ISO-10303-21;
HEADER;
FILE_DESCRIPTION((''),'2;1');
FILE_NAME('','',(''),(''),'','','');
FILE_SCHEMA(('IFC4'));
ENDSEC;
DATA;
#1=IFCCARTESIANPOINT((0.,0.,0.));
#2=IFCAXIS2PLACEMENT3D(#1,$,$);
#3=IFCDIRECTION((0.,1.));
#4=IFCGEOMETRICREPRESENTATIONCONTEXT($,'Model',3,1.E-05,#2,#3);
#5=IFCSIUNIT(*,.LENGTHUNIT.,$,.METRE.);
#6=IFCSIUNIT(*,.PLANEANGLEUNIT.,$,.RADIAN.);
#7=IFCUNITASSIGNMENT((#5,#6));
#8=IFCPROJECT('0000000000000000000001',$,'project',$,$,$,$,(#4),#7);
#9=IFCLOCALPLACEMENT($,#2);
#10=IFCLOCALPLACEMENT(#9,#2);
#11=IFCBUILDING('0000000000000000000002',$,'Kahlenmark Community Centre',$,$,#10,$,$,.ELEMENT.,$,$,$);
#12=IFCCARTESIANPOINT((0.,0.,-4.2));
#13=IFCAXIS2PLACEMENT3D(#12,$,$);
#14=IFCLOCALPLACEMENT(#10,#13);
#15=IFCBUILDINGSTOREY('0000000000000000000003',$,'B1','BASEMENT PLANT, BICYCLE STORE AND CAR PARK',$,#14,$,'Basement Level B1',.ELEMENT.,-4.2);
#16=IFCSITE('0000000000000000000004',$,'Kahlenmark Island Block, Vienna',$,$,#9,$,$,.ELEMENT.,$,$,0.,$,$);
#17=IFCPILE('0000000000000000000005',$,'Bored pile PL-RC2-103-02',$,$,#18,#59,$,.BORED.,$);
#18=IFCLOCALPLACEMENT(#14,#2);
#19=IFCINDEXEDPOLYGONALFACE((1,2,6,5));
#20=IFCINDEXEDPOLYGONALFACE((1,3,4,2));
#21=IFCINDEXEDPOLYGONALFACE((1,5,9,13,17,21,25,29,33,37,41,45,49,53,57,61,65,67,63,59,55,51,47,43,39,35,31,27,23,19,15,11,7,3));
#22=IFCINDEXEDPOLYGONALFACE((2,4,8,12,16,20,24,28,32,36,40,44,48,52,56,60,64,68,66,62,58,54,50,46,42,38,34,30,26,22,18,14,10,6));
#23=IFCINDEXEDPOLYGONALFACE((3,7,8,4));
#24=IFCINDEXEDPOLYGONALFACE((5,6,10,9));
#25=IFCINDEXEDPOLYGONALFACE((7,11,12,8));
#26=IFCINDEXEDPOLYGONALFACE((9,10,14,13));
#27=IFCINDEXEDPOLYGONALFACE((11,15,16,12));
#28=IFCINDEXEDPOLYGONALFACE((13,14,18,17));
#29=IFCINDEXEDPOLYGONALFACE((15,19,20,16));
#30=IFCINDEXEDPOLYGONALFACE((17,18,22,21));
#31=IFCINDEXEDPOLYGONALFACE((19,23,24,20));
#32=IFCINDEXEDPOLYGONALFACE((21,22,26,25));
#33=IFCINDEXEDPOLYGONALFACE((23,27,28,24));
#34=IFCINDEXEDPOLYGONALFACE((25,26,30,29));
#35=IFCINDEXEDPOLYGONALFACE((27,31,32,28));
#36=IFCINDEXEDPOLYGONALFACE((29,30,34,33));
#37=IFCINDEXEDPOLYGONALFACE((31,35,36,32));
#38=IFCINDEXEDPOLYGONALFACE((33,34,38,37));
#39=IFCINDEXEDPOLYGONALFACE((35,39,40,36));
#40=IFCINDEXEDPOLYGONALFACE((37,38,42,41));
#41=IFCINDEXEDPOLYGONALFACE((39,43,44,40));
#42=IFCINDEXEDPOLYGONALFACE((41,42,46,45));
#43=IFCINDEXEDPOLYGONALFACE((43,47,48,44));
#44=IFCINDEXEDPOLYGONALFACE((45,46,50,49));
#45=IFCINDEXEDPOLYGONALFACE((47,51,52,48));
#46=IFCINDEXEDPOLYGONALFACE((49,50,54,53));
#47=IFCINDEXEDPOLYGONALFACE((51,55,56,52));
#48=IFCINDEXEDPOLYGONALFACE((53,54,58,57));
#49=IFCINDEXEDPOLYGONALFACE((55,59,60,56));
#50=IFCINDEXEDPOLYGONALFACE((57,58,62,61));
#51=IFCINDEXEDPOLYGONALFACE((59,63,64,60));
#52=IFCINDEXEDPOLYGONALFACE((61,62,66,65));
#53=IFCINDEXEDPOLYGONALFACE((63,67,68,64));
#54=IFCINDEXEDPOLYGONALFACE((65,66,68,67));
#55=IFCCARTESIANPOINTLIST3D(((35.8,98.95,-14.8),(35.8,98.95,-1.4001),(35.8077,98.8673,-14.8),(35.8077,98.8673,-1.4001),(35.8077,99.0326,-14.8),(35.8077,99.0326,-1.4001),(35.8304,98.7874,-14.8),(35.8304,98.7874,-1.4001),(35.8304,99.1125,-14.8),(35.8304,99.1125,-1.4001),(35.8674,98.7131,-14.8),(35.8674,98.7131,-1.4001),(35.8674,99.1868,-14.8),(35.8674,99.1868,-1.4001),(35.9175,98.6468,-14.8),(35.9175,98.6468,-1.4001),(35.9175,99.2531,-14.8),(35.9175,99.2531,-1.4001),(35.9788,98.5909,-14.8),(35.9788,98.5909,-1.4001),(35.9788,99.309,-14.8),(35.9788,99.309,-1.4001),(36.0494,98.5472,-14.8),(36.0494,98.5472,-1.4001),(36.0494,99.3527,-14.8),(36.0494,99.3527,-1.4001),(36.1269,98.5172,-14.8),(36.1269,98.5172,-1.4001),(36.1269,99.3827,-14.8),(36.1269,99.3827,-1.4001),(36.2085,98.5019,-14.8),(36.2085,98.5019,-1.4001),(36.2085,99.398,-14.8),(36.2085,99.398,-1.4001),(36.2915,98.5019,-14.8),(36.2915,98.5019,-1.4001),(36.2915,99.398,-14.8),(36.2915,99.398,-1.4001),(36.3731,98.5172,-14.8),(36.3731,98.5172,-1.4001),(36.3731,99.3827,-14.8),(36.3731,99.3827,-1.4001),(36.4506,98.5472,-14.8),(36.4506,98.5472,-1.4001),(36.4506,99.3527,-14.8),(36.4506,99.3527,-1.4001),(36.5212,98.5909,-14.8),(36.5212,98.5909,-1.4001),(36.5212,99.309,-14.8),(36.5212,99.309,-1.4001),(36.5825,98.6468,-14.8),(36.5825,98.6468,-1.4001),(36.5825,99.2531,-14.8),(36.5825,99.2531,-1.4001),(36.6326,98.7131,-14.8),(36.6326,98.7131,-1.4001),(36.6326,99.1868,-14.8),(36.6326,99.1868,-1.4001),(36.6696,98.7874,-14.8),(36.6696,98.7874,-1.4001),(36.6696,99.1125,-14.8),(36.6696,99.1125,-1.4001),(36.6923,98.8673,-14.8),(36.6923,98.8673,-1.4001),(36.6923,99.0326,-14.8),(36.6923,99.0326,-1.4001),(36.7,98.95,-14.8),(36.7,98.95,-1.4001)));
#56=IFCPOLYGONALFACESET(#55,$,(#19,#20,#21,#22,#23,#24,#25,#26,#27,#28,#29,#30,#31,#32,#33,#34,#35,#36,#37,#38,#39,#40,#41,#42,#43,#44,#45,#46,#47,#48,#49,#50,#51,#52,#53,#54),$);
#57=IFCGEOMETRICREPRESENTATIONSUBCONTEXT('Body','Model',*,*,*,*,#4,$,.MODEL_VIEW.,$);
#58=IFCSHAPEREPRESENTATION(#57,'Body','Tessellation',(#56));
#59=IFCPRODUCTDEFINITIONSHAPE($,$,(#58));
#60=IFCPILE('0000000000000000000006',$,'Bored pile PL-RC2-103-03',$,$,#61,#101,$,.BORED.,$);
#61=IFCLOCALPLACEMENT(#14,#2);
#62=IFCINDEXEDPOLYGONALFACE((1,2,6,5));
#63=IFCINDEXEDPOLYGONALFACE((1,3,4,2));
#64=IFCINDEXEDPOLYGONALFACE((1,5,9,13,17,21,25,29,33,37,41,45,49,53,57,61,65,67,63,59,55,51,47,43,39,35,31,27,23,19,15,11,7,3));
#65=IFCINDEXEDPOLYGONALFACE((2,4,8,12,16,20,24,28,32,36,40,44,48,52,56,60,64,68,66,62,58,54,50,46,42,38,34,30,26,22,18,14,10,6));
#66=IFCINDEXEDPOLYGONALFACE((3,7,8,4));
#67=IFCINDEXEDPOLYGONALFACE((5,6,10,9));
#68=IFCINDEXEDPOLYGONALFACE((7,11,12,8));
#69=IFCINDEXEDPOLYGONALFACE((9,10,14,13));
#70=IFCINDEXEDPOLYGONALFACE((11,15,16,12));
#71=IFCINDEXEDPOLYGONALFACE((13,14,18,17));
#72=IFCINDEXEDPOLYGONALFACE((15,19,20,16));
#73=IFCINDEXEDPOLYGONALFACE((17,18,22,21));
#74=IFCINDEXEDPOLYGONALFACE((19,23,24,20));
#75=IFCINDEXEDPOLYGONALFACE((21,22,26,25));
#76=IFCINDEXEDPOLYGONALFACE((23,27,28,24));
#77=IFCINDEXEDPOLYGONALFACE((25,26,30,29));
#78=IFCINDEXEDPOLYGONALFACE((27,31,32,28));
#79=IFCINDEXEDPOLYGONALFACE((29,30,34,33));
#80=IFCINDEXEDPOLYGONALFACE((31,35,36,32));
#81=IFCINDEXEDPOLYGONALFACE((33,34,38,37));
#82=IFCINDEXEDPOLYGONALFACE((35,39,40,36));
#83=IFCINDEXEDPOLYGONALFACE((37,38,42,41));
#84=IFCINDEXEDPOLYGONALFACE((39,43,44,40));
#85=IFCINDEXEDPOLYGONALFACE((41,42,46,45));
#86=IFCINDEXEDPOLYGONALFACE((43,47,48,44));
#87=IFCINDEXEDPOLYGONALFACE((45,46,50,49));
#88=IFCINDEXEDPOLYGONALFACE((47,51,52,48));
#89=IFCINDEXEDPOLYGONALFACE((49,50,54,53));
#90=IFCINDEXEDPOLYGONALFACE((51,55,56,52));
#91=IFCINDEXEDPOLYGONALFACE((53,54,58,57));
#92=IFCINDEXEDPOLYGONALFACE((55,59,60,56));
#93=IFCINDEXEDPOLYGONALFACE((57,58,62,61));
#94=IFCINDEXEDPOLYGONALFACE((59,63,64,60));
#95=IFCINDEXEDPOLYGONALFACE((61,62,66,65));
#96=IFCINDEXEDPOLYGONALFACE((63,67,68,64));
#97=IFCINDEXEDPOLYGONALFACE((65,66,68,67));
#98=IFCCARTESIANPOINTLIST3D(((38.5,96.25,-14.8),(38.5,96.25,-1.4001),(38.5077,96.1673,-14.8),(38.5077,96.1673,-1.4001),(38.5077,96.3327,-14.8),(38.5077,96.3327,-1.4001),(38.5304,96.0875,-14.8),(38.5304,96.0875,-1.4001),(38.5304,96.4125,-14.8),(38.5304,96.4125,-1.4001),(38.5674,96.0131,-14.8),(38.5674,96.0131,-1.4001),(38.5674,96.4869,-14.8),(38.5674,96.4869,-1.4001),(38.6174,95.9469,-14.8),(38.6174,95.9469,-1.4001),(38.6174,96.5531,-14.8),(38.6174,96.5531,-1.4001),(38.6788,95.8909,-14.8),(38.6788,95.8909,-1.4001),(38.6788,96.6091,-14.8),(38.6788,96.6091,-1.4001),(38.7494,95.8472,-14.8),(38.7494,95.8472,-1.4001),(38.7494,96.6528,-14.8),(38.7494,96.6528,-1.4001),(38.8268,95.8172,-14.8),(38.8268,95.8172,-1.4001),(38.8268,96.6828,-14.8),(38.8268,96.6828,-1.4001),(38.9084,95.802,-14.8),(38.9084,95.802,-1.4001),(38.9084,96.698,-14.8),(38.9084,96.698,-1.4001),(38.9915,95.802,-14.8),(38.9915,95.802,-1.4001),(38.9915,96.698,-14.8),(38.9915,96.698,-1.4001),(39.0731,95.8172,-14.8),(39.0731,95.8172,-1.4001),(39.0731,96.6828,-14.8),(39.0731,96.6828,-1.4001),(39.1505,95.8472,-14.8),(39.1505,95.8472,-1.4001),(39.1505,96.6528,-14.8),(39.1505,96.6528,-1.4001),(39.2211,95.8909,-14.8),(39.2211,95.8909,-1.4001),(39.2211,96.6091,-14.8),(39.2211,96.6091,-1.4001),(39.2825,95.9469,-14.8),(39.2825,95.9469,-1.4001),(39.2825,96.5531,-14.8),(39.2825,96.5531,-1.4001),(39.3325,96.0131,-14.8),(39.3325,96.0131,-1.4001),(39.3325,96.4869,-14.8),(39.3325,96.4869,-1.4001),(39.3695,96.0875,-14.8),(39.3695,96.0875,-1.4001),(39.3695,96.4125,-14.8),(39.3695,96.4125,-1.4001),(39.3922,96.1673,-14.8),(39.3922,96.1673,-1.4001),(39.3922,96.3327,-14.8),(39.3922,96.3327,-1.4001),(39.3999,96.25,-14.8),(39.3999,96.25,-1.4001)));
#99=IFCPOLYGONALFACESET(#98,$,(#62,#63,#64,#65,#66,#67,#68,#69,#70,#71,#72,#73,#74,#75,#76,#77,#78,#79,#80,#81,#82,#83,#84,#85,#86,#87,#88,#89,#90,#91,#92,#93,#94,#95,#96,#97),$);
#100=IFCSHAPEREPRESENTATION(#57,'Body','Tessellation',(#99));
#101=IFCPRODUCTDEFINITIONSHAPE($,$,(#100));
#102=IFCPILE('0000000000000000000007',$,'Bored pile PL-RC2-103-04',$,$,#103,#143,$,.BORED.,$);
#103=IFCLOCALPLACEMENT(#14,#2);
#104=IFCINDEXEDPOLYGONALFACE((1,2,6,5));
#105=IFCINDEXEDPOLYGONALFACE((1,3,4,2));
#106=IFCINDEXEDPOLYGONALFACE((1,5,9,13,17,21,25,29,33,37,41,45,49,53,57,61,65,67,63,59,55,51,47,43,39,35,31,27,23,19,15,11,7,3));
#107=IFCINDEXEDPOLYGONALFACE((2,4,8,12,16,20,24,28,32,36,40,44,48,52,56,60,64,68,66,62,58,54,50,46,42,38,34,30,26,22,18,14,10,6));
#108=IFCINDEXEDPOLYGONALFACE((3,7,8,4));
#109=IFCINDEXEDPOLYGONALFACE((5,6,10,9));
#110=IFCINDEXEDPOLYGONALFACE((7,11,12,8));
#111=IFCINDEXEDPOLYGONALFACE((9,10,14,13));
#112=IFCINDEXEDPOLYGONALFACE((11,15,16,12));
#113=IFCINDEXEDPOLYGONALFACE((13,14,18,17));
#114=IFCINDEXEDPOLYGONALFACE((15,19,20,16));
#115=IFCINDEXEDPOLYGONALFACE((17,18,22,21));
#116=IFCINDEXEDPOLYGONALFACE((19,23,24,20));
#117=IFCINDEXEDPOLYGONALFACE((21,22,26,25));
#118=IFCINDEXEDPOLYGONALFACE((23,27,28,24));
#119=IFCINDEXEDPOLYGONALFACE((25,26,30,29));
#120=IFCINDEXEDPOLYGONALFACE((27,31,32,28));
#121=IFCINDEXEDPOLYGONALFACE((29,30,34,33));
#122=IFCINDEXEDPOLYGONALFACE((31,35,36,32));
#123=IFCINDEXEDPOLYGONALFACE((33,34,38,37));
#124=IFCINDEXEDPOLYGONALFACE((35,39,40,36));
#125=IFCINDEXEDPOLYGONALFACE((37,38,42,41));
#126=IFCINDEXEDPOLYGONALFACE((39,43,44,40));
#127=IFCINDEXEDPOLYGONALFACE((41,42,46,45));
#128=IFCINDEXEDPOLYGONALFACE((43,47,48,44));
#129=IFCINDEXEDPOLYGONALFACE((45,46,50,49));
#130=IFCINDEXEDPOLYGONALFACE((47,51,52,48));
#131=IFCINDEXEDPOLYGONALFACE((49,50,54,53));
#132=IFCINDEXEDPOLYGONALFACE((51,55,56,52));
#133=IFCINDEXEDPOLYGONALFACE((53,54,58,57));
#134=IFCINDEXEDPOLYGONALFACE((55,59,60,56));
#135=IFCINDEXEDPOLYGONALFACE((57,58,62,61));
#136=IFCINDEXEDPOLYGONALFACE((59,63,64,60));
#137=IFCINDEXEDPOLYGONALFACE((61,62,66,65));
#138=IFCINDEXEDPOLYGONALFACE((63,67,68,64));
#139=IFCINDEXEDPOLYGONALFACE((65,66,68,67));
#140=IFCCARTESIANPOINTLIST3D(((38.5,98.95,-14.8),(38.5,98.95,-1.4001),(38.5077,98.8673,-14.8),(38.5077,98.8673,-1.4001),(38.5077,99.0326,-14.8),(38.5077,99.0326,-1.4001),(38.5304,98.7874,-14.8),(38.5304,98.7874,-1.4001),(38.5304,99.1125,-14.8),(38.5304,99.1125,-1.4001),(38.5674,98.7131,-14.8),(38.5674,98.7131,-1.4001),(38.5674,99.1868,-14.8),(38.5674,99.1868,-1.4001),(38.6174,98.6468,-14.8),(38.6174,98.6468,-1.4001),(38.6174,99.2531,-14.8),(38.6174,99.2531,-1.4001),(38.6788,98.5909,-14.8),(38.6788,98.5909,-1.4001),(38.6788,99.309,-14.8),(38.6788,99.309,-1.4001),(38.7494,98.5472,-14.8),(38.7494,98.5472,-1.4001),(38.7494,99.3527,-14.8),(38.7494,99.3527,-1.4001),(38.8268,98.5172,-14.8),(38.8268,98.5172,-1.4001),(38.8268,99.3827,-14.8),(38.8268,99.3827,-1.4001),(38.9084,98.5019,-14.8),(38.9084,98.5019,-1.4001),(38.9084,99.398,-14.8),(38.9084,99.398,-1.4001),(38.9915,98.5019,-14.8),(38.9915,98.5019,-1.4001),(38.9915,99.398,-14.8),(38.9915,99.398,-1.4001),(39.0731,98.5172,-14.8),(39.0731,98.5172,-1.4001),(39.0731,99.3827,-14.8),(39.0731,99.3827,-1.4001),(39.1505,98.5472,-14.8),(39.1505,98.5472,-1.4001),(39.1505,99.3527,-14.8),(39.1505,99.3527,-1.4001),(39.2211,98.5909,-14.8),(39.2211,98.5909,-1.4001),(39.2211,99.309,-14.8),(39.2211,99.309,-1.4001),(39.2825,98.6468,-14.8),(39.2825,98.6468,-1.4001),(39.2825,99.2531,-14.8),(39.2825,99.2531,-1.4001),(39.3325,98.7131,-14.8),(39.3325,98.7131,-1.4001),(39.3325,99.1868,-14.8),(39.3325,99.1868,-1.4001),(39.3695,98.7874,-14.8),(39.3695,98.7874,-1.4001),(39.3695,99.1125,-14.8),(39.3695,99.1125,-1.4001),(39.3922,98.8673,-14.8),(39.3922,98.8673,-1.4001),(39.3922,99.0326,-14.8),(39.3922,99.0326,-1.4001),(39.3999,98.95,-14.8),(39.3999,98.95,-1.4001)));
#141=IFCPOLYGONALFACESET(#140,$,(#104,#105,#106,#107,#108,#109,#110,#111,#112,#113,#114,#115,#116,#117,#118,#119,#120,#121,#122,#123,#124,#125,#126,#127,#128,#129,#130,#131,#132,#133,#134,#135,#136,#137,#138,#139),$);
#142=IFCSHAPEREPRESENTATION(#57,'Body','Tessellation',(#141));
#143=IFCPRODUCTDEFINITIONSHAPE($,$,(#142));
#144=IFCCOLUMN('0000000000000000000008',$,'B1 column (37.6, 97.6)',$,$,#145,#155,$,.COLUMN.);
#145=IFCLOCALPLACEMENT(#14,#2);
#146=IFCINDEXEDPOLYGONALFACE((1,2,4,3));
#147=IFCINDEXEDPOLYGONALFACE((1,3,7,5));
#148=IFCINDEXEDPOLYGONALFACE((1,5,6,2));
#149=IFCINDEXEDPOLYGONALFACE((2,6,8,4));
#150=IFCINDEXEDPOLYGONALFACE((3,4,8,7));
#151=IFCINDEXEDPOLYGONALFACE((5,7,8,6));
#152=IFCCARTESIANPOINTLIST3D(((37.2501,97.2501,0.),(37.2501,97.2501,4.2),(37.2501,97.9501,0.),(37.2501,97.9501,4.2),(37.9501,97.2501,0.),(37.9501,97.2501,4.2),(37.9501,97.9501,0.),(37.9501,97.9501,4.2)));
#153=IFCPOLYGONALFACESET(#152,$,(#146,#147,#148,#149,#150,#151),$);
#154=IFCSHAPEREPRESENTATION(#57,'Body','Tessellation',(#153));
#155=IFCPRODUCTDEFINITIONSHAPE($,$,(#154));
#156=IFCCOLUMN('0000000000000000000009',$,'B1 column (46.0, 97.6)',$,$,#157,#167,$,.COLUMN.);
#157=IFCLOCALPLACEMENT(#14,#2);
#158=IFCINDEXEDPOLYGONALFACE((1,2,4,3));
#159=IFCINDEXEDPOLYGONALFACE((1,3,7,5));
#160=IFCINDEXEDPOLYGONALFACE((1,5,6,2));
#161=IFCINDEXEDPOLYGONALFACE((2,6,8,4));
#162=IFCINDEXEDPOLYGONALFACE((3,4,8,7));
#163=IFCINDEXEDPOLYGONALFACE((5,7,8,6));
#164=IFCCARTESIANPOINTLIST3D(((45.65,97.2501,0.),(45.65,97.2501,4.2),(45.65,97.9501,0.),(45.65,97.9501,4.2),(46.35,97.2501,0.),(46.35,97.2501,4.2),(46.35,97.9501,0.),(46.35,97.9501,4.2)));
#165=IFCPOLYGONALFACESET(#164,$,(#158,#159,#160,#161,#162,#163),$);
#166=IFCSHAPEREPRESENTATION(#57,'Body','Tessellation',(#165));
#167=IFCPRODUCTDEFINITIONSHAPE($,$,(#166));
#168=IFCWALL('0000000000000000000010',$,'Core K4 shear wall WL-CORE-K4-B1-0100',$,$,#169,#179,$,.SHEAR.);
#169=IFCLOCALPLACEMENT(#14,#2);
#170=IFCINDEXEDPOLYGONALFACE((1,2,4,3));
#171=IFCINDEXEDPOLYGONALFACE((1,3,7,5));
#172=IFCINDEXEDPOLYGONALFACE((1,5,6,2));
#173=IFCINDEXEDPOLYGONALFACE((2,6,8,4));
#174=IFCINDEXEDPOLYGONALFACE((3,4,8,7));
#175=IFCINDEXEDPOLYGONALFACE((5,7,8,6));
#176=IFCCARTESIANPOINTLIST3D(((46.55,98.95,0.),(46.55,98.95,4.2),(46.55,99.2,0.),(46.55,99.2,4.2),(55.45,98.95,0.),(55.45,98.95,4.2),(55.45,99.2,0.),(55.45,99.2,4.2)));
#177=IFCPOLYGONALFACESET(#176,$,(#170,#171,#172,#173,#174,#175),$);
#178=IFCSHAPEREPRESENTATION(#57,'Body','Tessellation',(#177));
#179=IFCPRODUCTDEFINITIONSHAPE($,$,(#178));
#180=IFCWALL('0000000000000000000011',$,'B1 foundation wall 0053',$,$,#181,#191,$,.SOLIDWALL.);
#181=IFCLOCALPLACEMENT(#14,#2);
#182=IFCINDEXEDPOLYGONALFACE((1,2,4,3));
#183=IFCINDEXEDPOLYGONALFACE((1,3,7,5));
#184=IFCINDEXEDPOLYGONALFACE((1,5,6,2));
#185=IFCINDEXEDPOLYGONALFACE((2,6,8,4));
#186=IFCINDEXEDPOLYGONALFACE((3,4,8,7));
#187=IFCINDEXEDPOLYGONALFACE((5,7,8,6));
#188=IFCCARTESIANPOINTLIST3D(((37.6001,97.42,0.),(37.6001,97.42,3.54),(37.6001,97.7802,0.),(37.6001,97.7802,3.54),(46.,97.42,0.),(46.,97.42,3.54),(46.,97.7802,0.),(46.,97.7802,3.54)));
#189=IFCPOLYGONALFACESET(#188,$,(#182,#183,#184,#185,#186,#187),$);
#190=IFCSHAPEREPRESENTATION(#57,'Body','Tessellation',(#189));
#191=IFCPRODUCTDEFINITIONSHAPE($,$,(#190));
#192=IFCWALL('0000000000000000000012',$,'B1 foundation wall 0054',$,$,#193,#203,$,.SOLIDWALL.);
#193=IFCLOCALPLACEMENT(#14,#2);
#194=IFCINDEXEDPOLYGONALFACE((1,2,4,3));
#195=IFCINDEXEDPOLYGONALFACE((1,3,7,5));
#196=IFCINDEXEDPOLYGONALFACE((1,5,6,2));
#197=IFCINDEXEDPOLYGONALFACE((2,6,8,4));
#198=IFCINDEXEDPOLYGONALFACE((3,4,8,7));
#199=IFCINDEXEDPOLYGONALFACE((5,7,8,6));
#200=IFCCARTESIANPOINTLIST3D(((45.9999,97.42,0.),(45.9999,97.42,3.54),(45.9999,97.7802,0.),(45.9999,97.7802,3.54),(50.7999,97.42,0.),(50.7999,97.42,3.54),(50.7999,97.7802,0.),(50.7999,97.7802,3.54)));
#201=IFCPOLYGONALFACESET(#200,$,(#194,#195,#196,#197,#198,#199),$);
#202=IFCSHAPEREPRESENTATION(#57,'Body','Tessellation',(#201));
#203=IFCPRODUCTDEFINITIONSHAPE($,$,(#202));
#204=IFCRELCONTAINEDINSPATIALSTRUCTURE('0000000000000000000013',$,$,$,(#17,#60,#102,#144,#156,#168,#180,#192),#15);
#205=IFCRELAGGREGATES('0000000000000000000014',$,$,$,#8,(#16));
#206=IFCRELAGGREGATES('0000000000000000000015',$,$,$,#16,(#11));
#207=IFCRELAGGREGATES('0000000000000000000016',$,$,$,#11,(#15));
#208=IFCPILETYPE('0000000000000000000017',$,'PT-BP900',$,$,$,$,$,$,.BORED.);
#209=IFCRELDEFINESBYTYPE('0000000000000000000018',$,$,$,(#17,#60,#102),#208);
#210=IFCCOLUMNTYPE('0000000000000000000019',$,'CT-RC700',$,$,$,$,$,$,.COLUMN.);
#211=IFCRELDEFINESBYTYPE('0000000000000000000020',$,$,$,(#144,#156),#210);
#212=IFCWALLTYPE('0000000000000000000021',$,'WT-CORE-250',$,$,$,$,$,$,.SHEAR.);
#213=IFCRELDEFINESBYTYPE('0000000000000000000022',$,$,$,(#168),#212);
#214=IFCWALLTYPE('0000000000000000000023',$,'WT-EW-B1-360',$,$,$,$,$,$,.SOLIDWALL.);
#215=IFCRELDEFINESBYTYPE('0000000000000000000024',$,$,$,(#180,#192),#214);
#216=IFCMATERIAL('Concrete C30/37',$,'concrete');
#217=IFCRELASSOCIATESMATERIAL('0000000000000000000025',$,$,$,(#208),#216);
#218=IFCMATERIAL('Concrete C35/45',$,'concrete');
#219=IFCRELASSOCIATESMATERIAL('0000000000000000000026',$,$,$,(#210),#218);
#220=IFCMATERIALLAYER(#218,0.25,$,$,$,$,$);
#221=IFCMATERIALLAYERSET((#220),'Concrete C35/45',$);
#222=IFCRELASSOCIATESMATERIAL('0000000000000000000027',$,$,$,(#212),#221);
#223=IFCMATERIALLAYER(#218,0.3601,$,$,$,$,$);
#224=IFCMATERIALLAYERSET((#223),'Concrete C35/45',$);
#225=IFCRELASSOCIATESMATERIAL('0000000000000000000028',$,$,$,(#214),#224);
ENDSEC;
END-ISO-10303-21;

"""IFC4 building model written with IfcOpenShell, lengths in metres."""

from ifc_helpers import new_model, si_unit, direction, frame, frame_2d, origin, origin_2d, place, context, subcontext, project, spatial, rectangle, circle, extrude, material, layer, layer_set, material_profile, profile_set, type_object, element, save


model = new_model("IFC4")

# Units and contexts
model_context = context("Model", 3, precision=1e-05, world=origin(), true_north=direction((0.0, 1.0)))
body_context = subcontext(model_context, "Body", "Model", "MODEL_VIEW")
ifc_project = project(units=[si_unit("LENGTHUNIT", "METRE"), si_unit("PLANEANGLEUNIT", "RADIAN")], contexts=[model_context])

# Site, building, storey
site_placement = place(None, origin())
site = spatial("IfcSite", under=ifc_project, at=site_placement, Name="Kahlenmark Island Block, Vienna", CompositionType="ELEMENT", RefElevation=0.0)
building_placement = place(site_placement, origin())
building = spatial("IfcBuilding", under=site, at=building_placement, Name="Kahlenmark Community Centre", CompositionType="ELEMENT")
storey_placement = place(building_placement, frame((0.0, 0.0, -4.2)))
storey = spatial("IfcBuildingStorey", under=building, at=storey_placement, Name="B1", Description="BASEMENT PLANT, BICYCLE STORE AND CAR PARK", LongName="Basement Level B1", CompositionType="ELEMENT", Elevation=-4.2)

# Shared definitions
ifc_material_1 = material(Name="Concrete C30/37", Category="concrete")

# Piles
ifc_material_profile_1 = material_profile(ifc_material_1, circle(Radius=0.45, at=origin_2d()), Name="BORED PILE 900")
ifc_profile_set_1 = profile_set([ifc_material_profile_1], Name="Concrete C30/37")
pile_type_1 = type_object("IfcPileType", Name="PT-BP900", PredefinedType="BORED", material=ifc_profile_set_1)
for number, where, z_axis, x_axis, name in (
    (1, (36.25, 98.95, -1.4001), (0.0, 0.0, -1.0), (1.0, 0.0, 0.0), "Bored pile PL-RC2-103-02"),
    (2, (38.95, 96.25, -1.4001), (0.0, 0.0, -1.0), (1.0, 0.0, 0.0), "Bored pile PL-RC2-103-03"),
    (3, (38.95, 98.95, -1.4001), (0.0, 0.0, -1.0), (1.0, 0.0, 0.0), "Bored pile PL-RC2-103-04"),
):
    element("IfcPile", number, at=place(storey_placement, frame(where, z_axis=z_axis, x_axis=x_axis)), inside=storey, type_object=pile_type_1, Name=name, PredefinedType="BORED", context=body_context, shape_type="SweptSolid", body=[
        extrude(circle(Radius=0.45, at=origin_2d()), origin(), (0.0, 0.0, 1.0), 13.3999),
    ])

# Columns
ifc_material_2 = material(Name="Concrete C35/45", Category="concrete")
ifc_material_profile_2 = material_profile(ifc_material_2, rectangle(XDim=0.7, YDim=0.7, at=origin_2d()), Name="RC 700x700")
ifc_profile_set_2 = profile_set([ifc_material_profile_2], Name="Concrete C35/45")
column_type = type_object("IfcColumnType", Name="CT-RC700", PredefinedType="COLUMN", material=ifc_profile_set_2)
for number, where, z_axis, x_axis, name in (
    (4, (37.6001, 97.6001, 0.0), (0.0, 0.0, 1.0), (1.0, 0.0, 0.0), "B1 column (37.6, 97.6)"),
    (5, (46.0, 97.6001, 0.0), (0.0, 0.0, 1.0), (1.0, 0.0, 0.0), "B1 column (46.0, 97.6)"),
):
    element("IfcColumn", number, at=place(storey_placement, frame(where, z_axis=z_axis, x_axis=x_axis)), inside=storey, type_object=column_type, Name=name, PredefinedType="COLUMN", context=body_context, shape_type="SweptSolid", body=[
        extrude(rectangle(XDim=0.7, YDim=0.7, at=origin_2d()), origin(), (0.0, 0.0, 1.0), 4.2),
    ])

# Walls
ifc_layer_1 = layer(ifc_material_2, 0.25)
ifc_layer_set_1 = layer_set([ifc_layer_1], Name="Concrete C35/45")
wall_type_1 = type_object("IfcWallType", Name="WT-CORE-250", PredefinedType="SHEAR", material=ifc_layer_set_1)
wall_1_placement = place(storey_placement, frame((46.55, 99.075, 0.0), z_axis=(0.0, 0.0, 1.0), x_axis=(1.0, 0.0, 0.0)))
element("IfcWall", 6, at=wall_1_placement, inside=storey, type_object=wall_type_1, Name="Core K4 shear wall WL-CORE-K4-B1-0100", PredefinedType="SHEAR", context=body_context, shape_type="SweptSolid", body=[
    extrude(rectangle(XDim=8.8999, YDim=0.25, at=frame_2d((4.45, 0.0))), origin(), (0.0, 0.0, 1.0), 4.2),
])
ifc_layer_2 = layer(ifc_material_2, 0.3601)
ifc_layer_set_2 = layer_set([ifc_layer_2], Name="Concrete C35/45")
wall_type_2 = type_object("IfcWallType", Name="WT-EW-B1-360", PredefinedType="SOLIDWALL", material=ifc_layer_set_2)
wall_2_placement = place(storey_placement, frame((37.6001, 97.6001, 0.0), z_axis=(0.0, 0.0, 1.0), x_axis=(1.0, 0.0, 0.0)))
element("IfcWall", 7, at=wall_2_placement, inside=storey, type_object=wall_type_2, Name="B1 foundation wall 0053", PredefinedType="SOLIDWALL", context=body_context, shape_type="SweptSolid", body=[
    extrude(rectangle(XDim=8.3999, YDim=0.3601, at=frame_2d((4.2, 0.0))), origin(), (0.0, 0.0, 1.0), 3.54),
])
wall_3_placement = place(storey_placement, frame((46.0, 97.6001, 0.0), z_axis=(0.0, 0.0, 1.0), x_axis=(1.0, 0.0, 0.0)))
element("IfcWall", 8, at=wall_3_placement, inside=storey, type_object=wall_type_2, Name="B1 foundation wall 0054", PredefinedType="SOLIDWALL", context=body_context, shape_type="SweptSolid", body=[
    extrude(rectangle(XDim=4.8, YDim=0.3601, at=frame_2d((2.3999, 0.0))), origin(), (0.0, 0.0, 1.0), 3.54),
])

save(model, "model.ifc")
